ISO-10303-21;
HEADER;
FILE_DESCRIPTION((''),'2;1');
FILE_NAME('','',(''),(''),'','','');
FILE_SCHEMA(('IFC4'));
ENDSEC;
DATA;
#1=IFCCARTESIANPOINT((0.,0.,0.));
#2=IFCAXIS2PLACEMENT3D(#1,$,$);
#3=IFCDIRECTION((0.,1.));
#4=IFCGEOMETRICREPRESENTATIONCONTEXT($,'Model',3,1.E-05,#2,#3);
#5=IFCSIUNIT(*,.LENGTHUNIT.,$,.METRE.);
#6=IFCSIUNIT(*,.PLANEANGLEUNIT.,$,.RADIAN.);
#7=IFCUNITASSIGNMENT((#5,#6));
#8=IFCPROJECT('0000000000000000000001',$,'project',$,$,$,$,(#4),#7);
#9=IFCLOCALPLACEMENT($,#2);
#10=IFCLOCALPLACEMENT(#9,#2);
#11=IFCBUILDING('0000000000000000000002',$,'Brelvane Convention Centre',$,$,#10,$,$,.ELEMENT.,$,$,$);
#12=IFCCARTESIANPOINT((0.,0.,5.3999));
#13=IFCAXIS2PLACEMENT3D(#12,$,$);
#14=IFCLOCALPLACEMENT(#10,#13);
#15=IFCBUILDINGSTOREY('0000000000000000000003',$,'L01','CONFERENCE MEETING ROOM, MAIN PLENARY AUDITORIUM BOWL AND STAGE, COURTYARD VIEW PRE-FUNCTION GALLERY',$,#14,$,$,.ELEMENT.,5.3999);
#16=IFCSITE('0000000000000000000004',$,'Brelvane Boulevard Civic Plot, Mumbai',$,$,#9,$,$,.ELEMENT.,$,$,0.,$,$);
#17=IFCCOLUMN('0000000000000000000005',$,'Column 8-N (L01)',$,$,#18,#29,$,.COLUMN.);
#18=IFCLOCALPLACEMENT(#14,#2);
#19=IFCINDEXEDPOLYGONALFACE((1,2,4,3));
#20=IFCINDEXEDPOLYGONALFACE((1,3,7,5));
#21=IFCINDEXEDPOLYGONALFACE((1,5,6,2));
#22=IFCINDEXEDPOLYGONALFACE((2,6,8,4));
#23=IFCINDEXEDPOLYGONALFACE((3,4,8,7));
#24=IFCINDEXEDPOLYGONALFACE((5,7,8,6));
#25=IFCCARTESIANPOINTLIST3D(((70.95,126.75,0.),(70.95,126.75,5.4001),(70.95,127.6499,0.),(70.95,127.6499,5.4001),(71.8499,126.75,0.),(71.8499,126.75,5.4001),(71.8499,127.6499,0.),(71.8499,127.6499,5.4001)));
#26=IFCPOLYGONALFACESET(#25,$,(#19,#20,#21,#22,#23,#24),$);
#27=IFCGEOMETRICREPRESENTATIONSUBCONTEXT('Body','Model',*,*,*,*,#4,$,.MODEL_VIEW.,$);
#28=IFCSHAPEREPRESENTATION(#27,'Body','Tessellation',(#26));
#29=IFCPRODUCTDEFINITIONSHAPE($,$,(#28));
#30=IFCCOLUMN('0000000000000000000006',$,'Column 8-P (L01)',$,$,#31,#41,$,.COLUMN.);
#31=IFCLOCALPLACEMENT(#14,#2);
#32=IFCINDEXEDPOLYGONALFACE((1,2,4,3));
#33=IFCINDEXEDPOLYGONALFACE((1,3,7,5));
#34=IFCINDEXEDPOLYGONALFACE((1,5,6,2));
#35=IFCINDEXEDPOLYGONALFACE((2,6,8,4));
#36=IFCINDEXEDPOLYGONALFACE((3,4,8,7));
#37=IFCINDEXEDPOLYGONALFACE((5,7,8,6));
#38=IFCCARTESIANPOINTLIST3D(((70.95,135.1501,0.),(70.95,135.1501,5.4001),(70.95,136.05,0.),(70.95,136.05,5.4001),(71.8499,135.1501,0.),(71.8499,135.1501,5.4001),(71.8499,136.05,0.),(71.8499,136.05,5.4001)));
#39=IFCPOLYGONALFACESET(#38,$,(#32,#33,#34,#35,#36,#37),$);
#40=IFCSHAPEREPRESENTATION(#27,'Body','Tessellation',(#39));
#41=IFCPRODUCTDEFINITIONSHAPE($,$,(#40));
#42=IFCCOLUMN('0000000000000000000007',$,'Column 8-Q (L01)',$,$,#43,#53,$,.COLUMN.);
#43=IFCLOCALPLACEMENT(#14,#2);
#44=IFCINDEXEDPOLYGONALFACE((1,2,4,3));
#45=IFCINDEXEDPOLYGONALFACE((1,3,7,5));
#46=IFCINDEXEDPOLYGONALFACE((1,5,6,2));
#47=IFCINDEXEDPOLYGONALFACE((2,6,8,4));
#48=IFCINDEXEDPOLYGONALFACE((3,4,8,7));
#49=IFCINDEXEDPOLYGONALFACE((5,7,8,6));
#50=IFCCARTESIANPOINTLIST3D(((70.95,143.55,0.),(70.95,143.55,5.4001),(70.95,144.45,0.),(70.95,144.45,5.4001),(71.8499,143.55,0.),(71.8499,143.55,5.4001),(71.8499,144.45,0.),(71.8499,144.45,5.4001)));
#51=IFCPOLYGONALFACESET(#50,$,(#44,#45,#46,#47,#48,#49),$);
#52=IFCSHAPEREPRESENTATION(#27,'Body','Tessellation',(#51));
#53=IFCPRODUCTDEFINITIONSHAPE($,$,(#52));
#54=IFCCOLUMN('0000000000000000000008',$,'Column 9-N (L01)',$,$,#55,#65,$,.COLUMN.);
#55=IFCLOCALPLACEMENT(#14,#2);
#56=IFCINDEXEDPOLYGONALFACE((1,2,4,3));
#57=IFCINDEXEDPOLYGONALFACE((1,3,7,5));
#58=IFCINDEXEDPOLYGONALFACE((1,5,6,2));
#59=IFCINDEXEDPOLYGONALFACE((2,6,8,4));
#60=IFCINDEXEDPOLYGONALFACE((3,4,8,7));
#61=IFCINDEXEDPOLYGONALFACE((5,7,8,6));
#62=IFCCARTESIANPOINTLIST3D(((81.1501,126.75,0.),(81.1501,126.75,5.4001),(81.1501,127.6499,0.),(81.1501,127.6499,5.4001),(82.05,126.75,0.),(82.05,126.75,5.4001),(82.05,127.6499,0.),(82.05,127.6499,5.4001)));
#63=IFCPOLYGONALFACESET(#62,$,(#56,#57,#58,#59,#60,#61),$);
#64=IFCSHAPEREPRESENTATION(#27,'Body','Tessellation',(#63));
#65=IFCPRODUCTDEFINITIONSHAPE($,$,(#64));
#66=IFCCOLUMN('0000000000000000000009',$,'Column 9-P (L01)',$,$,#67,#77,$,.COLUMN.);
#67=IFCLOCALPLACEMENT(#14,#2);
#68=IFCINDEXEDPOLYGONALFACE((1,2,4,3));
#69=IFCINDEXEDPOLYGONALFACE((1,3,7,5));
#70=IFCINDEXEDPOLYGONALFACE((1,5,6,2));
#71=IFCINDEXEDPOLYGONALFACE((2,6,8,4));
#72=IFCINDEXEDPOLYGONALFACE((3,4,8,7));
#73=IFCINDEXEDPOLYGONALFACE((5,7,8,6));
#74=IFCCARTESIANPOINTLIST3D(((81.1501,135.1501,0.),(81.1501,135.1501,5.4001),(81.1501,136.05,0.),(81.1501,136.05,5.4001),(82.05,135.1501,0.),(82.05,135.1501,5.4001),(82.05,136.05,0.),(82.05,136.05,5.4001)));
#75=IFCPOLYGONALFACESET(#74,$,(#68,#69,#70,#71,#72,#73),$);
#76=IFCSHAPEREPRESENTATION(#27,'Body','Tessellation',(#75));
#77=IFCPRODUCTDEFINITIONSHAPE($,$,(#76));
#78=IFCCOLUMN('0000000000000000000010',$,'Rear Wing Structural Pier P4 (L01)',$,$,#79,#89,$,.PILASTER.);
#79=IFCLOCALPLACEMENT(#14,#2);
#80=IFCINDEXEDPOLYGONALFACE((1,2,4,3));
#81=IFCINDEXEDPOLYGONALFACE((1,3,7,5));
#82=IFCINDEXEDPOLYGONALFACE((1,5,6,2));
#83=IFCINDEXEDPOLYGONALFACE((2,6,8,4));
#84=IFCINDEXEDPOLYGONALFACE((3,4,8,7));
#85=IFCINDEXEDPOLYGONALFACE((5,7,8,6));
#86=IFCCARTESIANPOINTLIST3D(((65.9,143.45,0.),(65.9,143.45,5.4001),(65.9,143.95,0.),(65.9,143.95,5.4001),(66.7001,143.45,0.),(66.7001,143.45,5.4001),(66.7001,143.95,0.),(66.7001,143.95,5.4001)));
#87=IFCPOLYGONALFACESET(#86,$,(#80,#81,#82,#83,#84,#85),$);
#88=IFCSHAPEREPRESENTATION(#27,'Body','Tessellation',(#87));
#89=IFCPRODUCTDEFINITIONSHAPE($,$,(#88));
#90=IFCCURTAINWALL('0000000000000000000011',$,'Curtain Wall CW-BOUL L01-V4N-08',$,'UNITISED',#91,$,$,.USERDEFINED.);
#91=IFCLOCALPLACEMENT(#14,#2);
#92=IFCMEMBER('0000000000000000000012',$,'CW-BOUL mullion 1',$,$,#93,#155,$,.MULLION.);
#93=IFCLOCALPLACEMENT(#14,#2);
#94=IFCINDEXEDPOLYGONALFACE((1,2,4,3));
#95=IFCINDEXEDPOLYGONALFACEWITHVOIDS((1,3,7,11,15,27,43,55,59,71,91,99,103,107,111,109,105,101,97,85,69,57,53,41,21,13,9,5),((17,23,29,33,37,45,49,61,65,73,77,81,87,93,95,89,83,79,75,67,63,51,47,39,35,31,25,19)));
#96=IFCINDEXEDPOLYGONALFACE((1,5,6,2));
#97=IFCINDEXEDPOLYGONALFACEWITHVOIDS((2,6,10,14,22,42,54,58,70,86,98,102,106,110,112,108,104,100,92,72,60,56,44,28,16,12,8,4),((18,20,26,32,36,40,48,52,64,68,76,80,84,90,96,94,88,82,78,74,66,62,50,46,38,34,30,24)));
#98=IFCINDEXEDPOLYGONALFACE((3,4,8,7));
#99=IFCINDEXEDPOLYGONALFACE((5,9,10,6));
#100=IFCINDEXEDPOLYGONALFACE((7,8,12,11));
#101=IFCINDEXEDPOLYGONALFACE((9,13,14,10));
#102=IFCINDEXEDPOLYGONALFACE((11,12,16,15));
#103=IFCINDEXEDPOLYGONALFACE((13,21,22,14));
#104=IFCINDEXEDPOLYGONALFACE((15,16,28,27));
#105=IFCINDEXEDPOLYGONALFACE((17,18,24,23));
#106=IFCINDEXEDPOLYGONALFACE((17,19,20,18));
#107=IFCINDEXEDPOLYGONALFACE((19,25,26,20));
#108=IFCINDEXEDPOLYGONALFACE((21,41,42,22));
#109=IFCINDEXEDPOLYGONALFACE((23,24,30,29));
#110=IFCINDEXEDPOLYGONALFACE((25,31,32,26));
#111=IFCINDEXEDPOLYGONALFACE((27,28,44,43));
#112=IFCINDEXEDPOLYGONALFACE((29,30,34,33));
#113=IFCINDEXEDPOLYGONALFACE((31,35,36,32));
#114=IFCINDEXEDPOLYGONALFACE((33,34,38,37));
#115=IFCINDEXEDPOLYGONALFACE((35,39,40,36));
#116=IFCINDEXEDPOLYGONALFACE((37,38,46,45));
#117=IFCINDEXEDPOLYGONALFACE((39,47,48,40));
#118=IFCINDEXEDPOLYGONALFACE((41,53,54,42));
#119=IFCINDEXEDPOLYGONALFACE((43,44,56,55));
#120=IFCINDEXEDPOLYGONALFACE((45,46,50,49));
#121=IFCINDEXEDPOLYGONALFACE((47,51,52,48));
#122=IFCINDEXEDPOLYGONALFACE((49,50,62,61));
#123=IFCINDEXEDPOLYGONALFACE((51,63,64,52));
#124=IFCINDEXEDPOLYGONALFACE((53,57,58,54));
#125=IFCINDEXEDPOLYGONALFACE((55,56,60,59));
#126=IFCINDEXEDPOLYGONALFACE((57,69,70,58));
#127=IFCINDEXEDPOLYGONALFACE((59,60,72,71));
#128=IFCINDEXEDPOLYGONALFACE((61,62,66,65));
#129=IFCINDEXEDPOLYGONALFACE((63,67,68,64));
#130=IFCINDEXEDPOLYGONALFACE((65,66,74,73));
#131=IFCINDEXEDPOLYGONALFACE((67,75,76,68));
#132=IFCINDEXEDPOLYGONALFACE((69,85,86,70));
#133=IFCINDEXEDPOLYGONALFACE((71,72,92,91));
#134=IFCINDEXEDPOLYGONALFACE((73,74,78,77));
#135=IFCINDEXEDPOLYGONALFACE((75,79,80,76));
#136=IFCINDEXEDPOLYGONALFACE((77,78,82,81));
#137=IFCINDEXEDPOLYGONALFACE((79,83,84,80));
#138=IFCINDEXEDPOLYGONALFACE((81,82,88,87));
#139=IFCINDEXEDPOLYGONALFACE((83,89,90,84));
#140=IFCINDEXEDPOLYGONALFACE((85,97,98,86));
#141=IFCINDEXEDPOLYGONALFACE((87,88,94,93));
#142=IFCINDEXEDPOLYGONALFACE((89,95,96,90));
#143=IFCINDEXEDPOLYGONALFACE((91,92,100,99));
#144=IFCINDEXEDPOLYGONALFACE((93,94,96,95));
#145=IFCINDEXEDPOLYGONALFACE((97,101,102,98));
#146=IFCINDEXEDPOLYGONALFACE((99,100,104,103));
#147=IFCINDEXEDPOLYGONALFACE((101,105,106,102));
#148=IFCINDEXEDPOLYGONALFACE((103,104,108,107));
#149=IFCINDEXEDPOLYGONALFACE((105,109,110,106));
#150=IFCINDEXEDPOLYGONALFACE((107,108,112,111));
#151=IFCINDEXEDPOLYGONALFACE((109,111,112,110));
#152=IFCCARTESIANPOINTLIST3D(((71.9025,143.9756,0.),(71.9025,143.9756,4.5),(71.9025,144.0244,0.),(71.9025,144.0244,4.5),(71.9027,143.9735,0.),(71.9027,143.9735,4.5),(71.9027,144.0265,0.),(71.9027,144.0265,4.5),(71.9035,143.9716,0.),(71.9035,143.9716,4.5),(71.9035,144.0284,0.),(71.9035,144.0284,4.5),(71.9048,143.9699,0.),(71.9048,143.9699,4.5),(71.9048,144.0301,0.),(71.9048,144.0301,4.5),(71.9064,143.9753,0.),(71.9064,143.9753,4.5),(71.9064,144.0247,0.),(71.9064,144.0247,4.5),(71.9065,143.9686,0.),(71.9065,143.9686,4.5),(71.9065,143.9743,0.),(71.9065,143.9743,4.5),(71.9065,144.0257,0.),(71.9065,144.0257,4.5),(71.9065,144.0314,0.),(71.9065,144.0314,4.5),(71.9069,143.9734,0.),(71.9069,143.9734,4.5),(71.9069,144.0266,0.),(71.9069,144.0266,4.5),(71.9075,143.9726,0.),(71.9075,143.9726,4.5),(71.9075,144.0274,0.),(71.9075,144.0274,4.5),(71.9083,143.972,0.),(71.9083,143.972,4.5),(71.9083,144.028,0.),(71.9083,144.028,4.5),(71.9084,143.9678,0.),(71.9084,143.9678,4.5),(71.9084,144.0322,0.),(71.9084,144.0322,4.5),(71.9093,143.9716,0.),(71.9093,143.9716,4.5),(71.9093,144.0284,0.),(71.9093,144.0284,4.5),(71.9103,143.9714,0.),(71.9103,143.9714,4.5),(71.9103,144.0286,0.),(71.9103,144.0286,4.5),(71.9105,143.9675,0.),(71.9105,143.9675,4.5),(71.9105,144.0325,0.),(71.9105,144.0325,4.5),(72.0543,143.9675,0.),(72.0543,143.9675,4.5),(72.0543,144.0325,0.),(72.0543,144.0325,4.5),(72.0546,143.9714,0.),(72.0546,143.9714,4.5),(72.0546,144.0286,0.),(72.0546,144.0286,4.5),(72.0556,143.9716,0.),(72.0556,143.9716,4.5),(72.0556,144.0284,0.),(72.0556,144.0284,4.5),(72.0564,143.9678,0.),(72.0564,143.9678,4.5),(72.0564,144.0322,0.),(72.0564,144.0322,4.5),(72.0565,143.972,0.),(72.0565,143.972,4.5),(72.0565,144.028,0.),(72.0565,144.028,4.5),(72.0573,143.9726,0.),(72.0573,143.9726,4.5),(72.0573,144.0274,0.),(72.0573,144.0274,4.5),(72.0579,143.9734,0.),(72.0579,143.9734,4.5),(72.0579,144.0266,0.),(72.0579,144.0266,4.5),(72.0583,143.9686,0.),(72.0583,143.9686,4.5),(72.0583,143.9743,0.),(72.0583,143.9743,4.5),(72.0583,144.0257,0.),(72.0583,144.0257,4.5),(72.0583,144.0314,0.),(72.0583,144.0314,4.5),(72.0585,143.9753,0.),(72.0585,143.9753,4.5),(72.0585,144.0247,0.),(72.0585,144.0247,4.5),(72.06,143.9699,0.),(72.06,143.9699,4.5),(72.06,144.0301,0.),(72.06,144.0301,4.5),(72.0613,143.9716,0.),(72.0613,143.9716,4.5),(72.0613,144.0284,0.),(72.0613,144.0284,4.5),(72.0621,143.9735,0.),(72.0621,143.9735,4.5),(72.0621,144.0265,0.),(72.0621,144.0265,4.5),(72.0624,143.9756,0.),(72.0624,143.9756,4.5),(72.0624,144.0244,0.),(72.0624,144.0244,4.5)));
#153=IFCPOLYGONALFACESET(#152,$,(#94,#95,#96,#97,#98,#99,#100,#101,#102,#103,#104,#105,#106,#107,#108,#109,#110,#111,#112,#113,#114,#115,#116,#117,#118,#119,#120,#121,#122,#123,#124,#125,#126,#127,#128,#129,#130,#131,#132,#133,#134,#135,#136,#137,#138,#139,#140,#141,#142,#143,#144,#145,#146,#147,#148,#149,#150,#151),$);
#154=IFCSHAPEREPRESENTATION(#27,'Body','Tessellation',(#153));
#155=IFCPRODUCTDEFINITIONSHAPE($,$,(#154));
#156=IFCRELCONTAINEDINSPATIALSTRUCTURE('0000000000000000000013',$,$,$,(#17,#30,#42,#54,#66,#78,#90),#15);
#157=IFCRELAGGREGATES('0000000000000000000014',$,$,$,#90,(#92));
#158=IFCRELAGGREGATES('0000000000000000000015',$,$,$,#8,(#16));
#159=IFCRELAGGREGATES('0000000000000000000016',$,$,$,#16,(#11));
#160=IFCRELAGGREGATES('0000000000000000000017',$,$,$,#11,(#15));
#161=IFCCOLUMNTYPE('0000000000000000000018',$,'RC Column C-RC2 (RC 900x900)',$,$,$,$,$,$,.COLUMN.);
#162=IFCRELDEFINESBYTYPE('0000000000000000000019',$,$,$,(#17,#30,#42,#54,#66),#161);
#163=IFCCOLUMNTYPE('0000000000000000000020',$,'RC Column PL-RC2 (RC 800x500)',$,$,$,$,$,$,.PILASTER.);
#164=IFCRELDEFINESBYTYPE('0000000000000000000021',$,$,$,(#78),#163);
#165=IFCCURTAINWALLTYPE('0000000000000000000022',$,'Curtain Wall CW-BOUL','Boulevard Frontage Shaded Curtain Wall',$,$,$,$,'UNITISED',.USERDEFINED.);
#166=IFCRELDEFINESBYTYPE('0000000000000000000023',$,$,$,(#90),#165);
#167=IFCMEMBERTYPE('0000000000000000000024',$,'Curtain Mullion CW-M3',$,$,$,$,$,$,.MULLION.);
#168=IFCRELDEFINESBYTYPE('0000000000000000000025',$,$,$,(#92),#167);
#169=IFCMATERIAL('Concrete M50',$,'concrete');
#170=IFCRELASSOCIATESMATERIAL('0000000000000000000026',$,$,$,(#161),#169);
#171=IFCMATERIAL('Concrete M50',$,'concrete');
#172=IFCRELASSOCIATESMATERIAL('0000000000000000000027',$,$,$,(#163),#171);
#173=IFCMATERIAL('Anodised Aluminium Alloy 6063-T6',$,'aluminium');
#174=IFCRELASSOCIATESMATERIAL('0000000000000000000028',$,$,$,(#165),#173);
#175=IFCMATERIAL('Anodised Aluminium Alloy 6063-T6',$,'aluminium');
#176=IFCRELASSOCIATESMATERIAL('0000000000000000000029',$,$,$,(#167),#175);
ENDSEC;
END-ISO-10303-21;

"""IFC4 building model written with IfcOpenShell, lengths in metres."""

from ifc_helpers import new_model, si_unit, direction, frame, origin, origin_2d, place, context, subcontext, project, spatial, rectangle, hollow_rectangle, extrude, material, material_profile, profile_set, type_object, element, aggregate, save


model = new_model("IFC4")

# Units and contexts
model_context = context("Model", 3, precision=1e-05, world=origin(), true_north=direction((0.0, 1.0)))
body_context = subcontext(model_context, "Body", "Model", "MODEL_VIEW")
ifc_project = project(units=[si_unit("LENGTHUNIT", "METRE"), si_unit("PLANEANGLEUNIT", "RADIAN")], contexts=[model_context])

# Site, building, storey
site_placement = place(None, origin())
site = spatial("IfcSite", under=ifc_project, at=site_placement, Name="Brelvane Boulevard Civic Plot, Mumbai", CompositionType="ELEMENT", RefElevation=0.0)
building_placement = place(site_placement, origin())
building = spatial("IfcBuilding", under=site, at=building_placement, Name="Brelvane Convention Centre", CompositionType="ELEMENT")
storey_placement = place(building_placement, frame((0.0, 0.0, 5.3999)))
storey = spatial("IfcBuildingStorey", under=building, at=storey_placement, Name="L01", Description="CONFERENCE MEETING ROOM, MAIN PLENARY AUDITORIUM BOWL AND STAGE, COURTYARD VIEW PRE-FUNCTION GALLERY", CompositionType="ELEMENT", Elevation=5.3999)

# Columns
ifc_material_1 = material(Name="Concrete M50", Category="concrete")
ifc_material_profile_1 = material_profile(ifc_material_1, rectangle(XDim=0.8999, YDim=0.8999, at=origin_2d()), Name="RC 900x900")
ifc_profile_set_1 = profile_set([ifc_material_profile_1], Name="Concrete M50")
column_type_1 = type_object("IfcColumnType", Name="RC Column C-RC2 (RC 900x900)", PredefinedType="COLUMN", material=ifc_profile_set_1)
for number, where, z_axis, x_axis, name in (
    (1, (71.3999, 127.2, 0.0), (0.0, 0.0, 1.0), (1.0, 0.0, 0.0), "Column 8-N (L01)"),
    (2, (71.3999, 135.6001, 0.0), (0.0, 0.0, 1.0), (1.0, 0.0, 0.0), "Column 8-P (L01)"),
    (3, (71.3999, 144.0, 0.0), (0.0, 0.0, 1.0), (1.0, 0.0, 0.0), "Column 8-Q (L01)"),
    (4, (81.6001, 127.2, 0.0), (0.0, 0.0, 1.0), (1.0, 0.0, 0.0), "Column 9-N (L01)"),
    (5, (81.6001, 135.6001, 0.0), (0.0, 0.0, 1.0), (1.0, 0.0, 0.0), "Column 9-P (L01)"),
):
    element("IfcColumn", number, at=place(storey_placement, frame(where, z_axis=z_axis, x_axis=x_axis)), inside=storey, type_object=column_type_1, Name=name, PredefinedType="COLUMN", context=body_context, shape_type="SweptSolid", body=[
        extrude(rectangle(XDim=0.8999, YDim=0.8999, at=origin_2d()), origin(), (0.0, 0.0, 1.0), 5.4001),
    ])
ifc_material_2 = material(Name="Concrete M50", Category="concrete")
ifc_material_profile_2 = material_profile(ifc_material_2, rectangle(XDim=0.8, YDim=0.5, at=origin_2d()), Name="RC 800x500")
ifc_profile_set_2 = profile_set([ifc_material_profile_2], Name="Concrete M50")
column_type_2 = type_object("IfcColumnType", Name="RC Column PL-RC2 (RC 800x500)", PredefinedType="PILASTER", material=ifc_profile_set_2)
column_placement = place(storey_placement, frame((66.3, 143.7, 0.0), z_axis=(0.0, 0.0, 1.0), x_axis=(1.0, 0.0, 0.0)))
element("IfcColumn", 6, at=column_placement, inside=storey, type_object=column_type_2, Name="Rear Wing Structural Pier P4 (L01)", PredefinedType="PILASTER", context=body_context, shape_type="SweptSolid", body=[
    extrude(rectangle(XDim=0.8, YDim=0.5, at=origin_2d()), origin(), (0.0, 0.0, 1.0), 5.4001),
])

# Curtain wall, member
ifc_material_3 = material(Name="Anodised Aluminium Alloy 6063-T6", Category="aluminium")
curtain_wall_type = type_object("IfcCurtainWallType", Name="Curtain Wall CW-BOUL", Description="Boulevard Frontage Shaded Curtain Wall", ElementType="UNITISED", PredefinedType="USERDEFINED", material=ifc_material_3)
curtain_wall_placement = place(storey_placement, origin())
curtain_wall = element("IfcCurtainWall", 7, at=curtain_wall_placement, inside=storey, type_object=curtain_wall_type, Name="Curtain Wall CW-BOUL L01-V4N-08", ObjectType="UNITISED", PredefinedType="USERDEFINED")
ifc_material_4 = material(Name="Anodised Aluminium Alloy 6063-T6", Category="aluminium")
ifc_material_profile_3 = material_profile(ifc_material_4, hollow_rectangle(XDim=0.0649, YDim=0.1599, WallThickness=0.0039, InnerFilletRadius=0.0039, OuterFilletRadius=0.0081, at=origin_2d()), Name="ALU-M 160x65x4.0")
ifc_profile_set_3 = profile_set([ifc_material_profile_3], Name="Anodised Aluminium Alloy 6063-T6")
member_type_1 = type_object("IfcMemberType", Name="Curtain Mullion CW-M3", PredefinedType="MULLION", material=ifc_profile_set_3)
member_1_placement = place(storey_placement, frame((71.9824, 144.0, 0.0), z_axis=(0.0, 0.0, 1.0), x_axis=(0.0, 1.0, 0.0)))
member_1 = element("IfcMember", 8, at=member_1_placement, type_object=member_type_1, Name="CW-BOUL mullion 1", PredefinedType="MULLION", context=body_context, shape_type="SweptSolid", body=[
    extrude(hollow_rectangle(XDim=0.0649, YDim=0.1599, WallThickness=0.0039, InnerFilletRadius=0.0039, OuterFilletRadius=0.0081, at=origin_2d()), origin(), (0.0, 0.0, 1.0), 4.5),
])

aggregate(curtain_wall, [member_1])

save(model, "model.ifc")
